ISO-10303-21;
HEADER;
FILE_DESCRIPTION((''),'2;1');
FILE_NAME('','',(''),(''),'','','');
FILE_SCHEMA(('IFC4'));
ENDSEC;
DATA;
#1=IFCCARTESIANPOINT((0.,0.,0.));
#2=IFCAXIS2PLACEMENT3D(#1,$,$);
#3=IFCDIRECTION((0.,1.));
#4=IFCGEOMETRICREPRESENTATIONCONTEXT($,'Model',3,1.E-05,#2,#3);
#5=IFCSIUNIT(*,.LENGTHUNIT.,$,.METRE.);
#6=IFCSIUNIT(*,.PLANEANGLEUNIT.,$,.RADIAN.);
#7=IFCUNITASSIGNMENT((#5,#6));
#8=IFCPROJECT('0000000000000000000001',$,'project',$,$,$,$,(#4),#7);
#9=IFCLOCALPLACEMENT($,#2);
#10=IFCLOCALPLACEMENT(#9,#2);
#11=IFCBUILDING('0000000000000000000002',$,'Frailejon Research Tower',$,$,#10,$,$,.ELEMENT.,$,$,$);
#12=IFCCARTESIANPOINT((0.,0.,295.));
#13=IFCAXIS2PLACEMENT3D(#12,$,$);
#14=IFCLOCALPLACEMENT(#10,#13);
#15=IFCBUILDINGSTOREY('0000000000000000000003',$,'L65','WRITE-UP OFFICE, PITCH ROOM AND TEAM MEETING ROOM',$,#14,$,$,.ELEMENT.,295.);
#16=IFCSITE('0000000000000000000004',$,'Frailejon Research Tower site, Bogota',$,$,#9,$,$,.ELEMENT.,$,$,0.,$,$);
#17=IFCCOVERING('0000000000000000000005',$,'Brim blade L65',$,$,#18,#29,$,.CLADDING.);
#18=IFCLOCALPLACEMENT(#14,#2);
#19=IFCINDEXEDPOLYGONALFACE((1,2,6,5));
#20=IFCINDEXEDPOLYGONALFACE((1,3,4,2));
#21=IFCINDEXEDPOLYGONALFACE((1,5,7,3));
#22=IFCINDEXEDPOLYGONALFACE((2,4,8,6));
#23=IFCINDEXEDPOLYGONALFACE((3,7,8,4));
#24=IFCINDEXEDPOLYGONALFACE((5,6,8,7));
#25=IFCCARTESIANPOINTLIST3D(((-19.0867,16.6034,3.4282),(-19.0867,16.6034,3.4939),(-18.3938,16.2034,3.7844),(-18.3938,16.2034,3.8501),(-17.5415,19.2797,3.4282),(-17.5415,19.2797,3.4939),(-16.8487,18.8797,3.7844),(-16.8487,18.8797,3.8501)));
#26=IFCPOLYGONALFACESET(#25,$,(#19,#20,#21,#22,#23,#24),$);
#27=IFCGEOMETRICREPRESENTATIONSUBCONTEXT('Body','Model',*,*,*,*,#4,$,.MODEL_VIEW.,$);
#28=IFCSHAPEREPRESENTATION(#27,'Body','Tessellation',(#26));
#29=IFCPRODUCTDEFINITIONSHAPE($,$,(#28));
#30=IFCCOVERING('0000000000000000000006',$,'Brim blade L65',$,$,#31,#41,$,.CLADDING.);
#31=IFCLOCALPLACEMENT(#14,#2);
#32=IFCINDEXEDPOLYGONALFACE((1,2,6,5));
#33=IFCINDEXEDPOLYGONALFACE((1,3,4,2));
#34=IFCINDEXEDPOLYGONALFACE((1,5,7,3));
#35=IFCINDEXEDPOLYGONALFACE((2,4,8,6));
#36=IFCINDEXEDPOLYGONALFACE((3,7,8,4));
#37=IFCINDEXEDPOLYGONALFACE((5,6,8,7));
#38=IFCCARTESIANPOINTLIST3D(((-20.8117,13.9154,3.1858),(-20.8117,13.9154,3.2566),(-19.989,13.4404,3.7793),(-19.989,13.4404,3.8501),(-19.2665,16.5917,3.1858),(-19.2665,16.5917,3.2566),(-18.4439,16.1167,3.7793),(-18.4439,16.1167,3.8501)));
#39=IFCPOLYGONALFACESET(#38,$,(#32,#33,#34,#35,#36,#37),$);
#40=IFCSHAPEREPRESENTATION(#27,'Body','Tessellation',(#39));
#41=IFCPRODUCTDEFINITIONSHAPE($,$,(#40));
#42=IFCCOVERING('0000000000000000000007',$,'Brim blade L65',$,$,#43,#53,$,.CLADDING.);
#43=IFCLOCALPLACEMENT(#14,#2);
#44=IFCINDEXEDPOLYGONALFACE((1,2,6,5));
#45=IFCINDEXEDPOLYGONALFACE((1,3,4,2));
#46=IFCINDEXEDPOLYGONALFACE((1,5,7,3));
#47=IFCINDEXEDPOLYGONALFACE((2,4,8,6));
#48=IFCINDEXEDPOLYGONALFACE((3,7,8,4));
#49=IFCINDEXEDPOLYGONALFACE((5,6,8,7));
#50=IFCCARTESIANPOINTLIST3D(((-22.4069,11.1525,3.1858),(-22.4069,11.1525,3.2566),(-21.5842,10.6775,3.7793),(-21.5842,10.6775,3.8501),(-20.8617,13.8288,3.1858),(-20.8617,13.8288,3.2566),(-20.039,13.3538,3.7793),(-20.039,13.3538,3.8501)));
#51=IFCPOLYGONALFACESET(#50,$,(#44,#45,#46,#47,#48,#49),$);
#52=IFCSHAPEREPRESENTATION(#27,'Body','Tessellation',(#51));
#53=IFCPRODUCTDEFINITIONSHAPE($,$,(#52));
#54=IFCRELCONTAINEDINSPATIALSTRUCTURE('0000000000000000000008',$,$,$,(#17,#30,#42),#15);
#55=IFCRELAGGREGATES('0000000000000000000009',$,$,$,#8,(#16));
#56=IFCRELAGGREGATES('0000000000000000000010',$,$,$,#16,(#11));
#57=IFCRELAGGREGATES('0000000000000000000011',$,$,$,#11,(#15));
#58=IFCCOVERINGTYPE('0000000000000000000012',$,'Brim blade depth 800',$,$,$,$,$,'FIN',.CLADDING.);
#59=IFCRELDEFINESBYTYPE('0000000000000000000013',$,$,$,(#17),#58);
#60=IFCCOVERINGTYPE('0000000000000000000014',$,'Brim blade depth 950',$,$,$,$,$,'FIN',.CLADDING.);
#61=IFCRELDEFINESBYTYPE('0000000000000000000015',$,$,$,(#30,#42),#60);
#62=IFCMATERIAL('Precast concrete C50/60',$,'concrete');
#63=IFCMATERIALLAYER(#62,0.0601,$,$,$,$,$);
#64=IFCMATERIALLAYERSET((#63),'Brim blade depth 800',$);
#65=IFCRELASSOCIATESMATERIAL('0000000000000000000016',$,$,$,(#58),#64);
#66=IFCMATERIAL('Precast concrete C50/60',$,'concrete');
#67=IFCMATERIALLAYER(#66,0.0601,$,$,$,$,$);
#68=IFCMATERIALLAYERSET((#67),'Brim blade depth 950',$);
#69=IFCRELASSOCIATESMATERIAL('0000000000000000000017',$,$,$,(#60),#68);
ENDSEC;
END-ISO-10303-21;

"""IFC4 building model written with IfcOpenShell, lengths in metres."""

from ifc_helpers import new_model, si_unit, direction, frame, origin, place, context, subcontext, project, spatial, polyline, outline, extrude, material, layer, layer_set, type_object, element, save


model = new_model("IFC4")

# Units and contexts
model_context = context("Model", 3, precision=1e-05, world=origin(), true_north=direction((0.0, 1.0)))
body_context = subcontext(model_context, "Body", "Model", "MODEL_VIEW")
ifc_project = project(units=[si_unit("LENGTHUNIT", "METRE"), si_unit("PLANEANGLEUNIT", "RADIAN")], contexts=[model_context])

# Site, building, storey
site_placement = place(None, origin())
site = spatial("IfcSite", under=ifc_project, at=site_placement, Name="Frailejon Research Tower site, Bogota", CompositionType="ELEMENT", RefElevation=0.0)
building_placement = place(site_placement, origin())
building = spatial("IfcBuilding", under=site, at=building_placement, Name="Frailejon Research Tower", CompositionType="ELEMENT")
storey_placement = place(building_placement, frame((0.0, 0.0, 295.0)))
storey = spatial("IfcBuildingStorey", under=building, at=storey_placement, Name="L65", Description="WRITE-UP OFFICE, PITCH ROOM AND TEAM MEETING ROOM", CompositionType="ELEMENT", Elevation=295.0)

# Coverings
ifc_material_1 = material(Name="Precast concrete C50/60", Category="concrete")
ifc_layer_1 = layer(ifc_material_1, 0.0601)
ifc_layer_set_1 = layer_set([ifc_layer_1], Name="Brim blade depth 800")
covering_type_1 = type_object("IfcCoveringType", Name="Brim blade depth 800", ElementType="FIN", PredefinedType="CLADDING", material=ifc_layer_set_1)
covering_1_placement = place(storey_placement, frame((-18.3938, 16.2034, 3.8501), z_axis=(0.499986, 0.866034, 0.0), x_axis=(-0.866034, 0.499986, 0.0)))
element("IfcCovering", 1, at=covering_1_placement, inside=storey, type_object=covering_type_1, Name="Brim blade L65", PredefinedType="CLADDING", context=body_context, shape_type="SweptSolid", body=[
    extrude(outline(polyline([(0.0, -0.0657), (0.8, -0.4219), (0.8, -0.3562), (0.0, 0.0), (0.0, -0.0657)])), origin(), (0.0, 0.0, 1.0), 3.0903),
])
ifc_material_2 = material(Name="Precast concrete C50/60", Category="concrete")
ifc_layer_2 = layer(ifc_material_2, 0.0601)
ifc_layer_set_2 = layer_set([ifc_layer_2], Name="Brim blade depth 950")
covering_type_2 = type_object("IfcCoveringType", Name="Brim blade depth 950", ElementType="FIN", PredefinedType="CLADDING", material=ifc_layer_set_2)
for number, where, z_axis, x_axis, name in (
    (2, (-19.989, 13.4404, 3.8501), (0.499996, 0.866028, 0.0), (-0.866028, 0.499996, 0.0), "Brim blade L65"),
    (3, (-21.5842, 10.6775, 3.8501), (0.500009, 0.86602, 0.0), (-0.86602, 0.500009, 0.0), "Brim blade L65"),
):
    element("IfcCovering", number, at=place(storey_placement, frame(where, z_axis=z_axis, x_axis=x_axis)), inside=storey, type_object=covering_type_2, Name=name, PredefinedType="CLADDING", context=body_context, shape_type="SweptSolid", body=[
        extrude(outline(polyline([(0.0, -0.0708), (0.95, -0.6643), (0.95, -0.5935), (0.0, 0.0), (0.0, -0.0708)])), origin(), (0.0, 0.0, 1.0), 3.0903),
    ])

save(model, "model.ifc")
